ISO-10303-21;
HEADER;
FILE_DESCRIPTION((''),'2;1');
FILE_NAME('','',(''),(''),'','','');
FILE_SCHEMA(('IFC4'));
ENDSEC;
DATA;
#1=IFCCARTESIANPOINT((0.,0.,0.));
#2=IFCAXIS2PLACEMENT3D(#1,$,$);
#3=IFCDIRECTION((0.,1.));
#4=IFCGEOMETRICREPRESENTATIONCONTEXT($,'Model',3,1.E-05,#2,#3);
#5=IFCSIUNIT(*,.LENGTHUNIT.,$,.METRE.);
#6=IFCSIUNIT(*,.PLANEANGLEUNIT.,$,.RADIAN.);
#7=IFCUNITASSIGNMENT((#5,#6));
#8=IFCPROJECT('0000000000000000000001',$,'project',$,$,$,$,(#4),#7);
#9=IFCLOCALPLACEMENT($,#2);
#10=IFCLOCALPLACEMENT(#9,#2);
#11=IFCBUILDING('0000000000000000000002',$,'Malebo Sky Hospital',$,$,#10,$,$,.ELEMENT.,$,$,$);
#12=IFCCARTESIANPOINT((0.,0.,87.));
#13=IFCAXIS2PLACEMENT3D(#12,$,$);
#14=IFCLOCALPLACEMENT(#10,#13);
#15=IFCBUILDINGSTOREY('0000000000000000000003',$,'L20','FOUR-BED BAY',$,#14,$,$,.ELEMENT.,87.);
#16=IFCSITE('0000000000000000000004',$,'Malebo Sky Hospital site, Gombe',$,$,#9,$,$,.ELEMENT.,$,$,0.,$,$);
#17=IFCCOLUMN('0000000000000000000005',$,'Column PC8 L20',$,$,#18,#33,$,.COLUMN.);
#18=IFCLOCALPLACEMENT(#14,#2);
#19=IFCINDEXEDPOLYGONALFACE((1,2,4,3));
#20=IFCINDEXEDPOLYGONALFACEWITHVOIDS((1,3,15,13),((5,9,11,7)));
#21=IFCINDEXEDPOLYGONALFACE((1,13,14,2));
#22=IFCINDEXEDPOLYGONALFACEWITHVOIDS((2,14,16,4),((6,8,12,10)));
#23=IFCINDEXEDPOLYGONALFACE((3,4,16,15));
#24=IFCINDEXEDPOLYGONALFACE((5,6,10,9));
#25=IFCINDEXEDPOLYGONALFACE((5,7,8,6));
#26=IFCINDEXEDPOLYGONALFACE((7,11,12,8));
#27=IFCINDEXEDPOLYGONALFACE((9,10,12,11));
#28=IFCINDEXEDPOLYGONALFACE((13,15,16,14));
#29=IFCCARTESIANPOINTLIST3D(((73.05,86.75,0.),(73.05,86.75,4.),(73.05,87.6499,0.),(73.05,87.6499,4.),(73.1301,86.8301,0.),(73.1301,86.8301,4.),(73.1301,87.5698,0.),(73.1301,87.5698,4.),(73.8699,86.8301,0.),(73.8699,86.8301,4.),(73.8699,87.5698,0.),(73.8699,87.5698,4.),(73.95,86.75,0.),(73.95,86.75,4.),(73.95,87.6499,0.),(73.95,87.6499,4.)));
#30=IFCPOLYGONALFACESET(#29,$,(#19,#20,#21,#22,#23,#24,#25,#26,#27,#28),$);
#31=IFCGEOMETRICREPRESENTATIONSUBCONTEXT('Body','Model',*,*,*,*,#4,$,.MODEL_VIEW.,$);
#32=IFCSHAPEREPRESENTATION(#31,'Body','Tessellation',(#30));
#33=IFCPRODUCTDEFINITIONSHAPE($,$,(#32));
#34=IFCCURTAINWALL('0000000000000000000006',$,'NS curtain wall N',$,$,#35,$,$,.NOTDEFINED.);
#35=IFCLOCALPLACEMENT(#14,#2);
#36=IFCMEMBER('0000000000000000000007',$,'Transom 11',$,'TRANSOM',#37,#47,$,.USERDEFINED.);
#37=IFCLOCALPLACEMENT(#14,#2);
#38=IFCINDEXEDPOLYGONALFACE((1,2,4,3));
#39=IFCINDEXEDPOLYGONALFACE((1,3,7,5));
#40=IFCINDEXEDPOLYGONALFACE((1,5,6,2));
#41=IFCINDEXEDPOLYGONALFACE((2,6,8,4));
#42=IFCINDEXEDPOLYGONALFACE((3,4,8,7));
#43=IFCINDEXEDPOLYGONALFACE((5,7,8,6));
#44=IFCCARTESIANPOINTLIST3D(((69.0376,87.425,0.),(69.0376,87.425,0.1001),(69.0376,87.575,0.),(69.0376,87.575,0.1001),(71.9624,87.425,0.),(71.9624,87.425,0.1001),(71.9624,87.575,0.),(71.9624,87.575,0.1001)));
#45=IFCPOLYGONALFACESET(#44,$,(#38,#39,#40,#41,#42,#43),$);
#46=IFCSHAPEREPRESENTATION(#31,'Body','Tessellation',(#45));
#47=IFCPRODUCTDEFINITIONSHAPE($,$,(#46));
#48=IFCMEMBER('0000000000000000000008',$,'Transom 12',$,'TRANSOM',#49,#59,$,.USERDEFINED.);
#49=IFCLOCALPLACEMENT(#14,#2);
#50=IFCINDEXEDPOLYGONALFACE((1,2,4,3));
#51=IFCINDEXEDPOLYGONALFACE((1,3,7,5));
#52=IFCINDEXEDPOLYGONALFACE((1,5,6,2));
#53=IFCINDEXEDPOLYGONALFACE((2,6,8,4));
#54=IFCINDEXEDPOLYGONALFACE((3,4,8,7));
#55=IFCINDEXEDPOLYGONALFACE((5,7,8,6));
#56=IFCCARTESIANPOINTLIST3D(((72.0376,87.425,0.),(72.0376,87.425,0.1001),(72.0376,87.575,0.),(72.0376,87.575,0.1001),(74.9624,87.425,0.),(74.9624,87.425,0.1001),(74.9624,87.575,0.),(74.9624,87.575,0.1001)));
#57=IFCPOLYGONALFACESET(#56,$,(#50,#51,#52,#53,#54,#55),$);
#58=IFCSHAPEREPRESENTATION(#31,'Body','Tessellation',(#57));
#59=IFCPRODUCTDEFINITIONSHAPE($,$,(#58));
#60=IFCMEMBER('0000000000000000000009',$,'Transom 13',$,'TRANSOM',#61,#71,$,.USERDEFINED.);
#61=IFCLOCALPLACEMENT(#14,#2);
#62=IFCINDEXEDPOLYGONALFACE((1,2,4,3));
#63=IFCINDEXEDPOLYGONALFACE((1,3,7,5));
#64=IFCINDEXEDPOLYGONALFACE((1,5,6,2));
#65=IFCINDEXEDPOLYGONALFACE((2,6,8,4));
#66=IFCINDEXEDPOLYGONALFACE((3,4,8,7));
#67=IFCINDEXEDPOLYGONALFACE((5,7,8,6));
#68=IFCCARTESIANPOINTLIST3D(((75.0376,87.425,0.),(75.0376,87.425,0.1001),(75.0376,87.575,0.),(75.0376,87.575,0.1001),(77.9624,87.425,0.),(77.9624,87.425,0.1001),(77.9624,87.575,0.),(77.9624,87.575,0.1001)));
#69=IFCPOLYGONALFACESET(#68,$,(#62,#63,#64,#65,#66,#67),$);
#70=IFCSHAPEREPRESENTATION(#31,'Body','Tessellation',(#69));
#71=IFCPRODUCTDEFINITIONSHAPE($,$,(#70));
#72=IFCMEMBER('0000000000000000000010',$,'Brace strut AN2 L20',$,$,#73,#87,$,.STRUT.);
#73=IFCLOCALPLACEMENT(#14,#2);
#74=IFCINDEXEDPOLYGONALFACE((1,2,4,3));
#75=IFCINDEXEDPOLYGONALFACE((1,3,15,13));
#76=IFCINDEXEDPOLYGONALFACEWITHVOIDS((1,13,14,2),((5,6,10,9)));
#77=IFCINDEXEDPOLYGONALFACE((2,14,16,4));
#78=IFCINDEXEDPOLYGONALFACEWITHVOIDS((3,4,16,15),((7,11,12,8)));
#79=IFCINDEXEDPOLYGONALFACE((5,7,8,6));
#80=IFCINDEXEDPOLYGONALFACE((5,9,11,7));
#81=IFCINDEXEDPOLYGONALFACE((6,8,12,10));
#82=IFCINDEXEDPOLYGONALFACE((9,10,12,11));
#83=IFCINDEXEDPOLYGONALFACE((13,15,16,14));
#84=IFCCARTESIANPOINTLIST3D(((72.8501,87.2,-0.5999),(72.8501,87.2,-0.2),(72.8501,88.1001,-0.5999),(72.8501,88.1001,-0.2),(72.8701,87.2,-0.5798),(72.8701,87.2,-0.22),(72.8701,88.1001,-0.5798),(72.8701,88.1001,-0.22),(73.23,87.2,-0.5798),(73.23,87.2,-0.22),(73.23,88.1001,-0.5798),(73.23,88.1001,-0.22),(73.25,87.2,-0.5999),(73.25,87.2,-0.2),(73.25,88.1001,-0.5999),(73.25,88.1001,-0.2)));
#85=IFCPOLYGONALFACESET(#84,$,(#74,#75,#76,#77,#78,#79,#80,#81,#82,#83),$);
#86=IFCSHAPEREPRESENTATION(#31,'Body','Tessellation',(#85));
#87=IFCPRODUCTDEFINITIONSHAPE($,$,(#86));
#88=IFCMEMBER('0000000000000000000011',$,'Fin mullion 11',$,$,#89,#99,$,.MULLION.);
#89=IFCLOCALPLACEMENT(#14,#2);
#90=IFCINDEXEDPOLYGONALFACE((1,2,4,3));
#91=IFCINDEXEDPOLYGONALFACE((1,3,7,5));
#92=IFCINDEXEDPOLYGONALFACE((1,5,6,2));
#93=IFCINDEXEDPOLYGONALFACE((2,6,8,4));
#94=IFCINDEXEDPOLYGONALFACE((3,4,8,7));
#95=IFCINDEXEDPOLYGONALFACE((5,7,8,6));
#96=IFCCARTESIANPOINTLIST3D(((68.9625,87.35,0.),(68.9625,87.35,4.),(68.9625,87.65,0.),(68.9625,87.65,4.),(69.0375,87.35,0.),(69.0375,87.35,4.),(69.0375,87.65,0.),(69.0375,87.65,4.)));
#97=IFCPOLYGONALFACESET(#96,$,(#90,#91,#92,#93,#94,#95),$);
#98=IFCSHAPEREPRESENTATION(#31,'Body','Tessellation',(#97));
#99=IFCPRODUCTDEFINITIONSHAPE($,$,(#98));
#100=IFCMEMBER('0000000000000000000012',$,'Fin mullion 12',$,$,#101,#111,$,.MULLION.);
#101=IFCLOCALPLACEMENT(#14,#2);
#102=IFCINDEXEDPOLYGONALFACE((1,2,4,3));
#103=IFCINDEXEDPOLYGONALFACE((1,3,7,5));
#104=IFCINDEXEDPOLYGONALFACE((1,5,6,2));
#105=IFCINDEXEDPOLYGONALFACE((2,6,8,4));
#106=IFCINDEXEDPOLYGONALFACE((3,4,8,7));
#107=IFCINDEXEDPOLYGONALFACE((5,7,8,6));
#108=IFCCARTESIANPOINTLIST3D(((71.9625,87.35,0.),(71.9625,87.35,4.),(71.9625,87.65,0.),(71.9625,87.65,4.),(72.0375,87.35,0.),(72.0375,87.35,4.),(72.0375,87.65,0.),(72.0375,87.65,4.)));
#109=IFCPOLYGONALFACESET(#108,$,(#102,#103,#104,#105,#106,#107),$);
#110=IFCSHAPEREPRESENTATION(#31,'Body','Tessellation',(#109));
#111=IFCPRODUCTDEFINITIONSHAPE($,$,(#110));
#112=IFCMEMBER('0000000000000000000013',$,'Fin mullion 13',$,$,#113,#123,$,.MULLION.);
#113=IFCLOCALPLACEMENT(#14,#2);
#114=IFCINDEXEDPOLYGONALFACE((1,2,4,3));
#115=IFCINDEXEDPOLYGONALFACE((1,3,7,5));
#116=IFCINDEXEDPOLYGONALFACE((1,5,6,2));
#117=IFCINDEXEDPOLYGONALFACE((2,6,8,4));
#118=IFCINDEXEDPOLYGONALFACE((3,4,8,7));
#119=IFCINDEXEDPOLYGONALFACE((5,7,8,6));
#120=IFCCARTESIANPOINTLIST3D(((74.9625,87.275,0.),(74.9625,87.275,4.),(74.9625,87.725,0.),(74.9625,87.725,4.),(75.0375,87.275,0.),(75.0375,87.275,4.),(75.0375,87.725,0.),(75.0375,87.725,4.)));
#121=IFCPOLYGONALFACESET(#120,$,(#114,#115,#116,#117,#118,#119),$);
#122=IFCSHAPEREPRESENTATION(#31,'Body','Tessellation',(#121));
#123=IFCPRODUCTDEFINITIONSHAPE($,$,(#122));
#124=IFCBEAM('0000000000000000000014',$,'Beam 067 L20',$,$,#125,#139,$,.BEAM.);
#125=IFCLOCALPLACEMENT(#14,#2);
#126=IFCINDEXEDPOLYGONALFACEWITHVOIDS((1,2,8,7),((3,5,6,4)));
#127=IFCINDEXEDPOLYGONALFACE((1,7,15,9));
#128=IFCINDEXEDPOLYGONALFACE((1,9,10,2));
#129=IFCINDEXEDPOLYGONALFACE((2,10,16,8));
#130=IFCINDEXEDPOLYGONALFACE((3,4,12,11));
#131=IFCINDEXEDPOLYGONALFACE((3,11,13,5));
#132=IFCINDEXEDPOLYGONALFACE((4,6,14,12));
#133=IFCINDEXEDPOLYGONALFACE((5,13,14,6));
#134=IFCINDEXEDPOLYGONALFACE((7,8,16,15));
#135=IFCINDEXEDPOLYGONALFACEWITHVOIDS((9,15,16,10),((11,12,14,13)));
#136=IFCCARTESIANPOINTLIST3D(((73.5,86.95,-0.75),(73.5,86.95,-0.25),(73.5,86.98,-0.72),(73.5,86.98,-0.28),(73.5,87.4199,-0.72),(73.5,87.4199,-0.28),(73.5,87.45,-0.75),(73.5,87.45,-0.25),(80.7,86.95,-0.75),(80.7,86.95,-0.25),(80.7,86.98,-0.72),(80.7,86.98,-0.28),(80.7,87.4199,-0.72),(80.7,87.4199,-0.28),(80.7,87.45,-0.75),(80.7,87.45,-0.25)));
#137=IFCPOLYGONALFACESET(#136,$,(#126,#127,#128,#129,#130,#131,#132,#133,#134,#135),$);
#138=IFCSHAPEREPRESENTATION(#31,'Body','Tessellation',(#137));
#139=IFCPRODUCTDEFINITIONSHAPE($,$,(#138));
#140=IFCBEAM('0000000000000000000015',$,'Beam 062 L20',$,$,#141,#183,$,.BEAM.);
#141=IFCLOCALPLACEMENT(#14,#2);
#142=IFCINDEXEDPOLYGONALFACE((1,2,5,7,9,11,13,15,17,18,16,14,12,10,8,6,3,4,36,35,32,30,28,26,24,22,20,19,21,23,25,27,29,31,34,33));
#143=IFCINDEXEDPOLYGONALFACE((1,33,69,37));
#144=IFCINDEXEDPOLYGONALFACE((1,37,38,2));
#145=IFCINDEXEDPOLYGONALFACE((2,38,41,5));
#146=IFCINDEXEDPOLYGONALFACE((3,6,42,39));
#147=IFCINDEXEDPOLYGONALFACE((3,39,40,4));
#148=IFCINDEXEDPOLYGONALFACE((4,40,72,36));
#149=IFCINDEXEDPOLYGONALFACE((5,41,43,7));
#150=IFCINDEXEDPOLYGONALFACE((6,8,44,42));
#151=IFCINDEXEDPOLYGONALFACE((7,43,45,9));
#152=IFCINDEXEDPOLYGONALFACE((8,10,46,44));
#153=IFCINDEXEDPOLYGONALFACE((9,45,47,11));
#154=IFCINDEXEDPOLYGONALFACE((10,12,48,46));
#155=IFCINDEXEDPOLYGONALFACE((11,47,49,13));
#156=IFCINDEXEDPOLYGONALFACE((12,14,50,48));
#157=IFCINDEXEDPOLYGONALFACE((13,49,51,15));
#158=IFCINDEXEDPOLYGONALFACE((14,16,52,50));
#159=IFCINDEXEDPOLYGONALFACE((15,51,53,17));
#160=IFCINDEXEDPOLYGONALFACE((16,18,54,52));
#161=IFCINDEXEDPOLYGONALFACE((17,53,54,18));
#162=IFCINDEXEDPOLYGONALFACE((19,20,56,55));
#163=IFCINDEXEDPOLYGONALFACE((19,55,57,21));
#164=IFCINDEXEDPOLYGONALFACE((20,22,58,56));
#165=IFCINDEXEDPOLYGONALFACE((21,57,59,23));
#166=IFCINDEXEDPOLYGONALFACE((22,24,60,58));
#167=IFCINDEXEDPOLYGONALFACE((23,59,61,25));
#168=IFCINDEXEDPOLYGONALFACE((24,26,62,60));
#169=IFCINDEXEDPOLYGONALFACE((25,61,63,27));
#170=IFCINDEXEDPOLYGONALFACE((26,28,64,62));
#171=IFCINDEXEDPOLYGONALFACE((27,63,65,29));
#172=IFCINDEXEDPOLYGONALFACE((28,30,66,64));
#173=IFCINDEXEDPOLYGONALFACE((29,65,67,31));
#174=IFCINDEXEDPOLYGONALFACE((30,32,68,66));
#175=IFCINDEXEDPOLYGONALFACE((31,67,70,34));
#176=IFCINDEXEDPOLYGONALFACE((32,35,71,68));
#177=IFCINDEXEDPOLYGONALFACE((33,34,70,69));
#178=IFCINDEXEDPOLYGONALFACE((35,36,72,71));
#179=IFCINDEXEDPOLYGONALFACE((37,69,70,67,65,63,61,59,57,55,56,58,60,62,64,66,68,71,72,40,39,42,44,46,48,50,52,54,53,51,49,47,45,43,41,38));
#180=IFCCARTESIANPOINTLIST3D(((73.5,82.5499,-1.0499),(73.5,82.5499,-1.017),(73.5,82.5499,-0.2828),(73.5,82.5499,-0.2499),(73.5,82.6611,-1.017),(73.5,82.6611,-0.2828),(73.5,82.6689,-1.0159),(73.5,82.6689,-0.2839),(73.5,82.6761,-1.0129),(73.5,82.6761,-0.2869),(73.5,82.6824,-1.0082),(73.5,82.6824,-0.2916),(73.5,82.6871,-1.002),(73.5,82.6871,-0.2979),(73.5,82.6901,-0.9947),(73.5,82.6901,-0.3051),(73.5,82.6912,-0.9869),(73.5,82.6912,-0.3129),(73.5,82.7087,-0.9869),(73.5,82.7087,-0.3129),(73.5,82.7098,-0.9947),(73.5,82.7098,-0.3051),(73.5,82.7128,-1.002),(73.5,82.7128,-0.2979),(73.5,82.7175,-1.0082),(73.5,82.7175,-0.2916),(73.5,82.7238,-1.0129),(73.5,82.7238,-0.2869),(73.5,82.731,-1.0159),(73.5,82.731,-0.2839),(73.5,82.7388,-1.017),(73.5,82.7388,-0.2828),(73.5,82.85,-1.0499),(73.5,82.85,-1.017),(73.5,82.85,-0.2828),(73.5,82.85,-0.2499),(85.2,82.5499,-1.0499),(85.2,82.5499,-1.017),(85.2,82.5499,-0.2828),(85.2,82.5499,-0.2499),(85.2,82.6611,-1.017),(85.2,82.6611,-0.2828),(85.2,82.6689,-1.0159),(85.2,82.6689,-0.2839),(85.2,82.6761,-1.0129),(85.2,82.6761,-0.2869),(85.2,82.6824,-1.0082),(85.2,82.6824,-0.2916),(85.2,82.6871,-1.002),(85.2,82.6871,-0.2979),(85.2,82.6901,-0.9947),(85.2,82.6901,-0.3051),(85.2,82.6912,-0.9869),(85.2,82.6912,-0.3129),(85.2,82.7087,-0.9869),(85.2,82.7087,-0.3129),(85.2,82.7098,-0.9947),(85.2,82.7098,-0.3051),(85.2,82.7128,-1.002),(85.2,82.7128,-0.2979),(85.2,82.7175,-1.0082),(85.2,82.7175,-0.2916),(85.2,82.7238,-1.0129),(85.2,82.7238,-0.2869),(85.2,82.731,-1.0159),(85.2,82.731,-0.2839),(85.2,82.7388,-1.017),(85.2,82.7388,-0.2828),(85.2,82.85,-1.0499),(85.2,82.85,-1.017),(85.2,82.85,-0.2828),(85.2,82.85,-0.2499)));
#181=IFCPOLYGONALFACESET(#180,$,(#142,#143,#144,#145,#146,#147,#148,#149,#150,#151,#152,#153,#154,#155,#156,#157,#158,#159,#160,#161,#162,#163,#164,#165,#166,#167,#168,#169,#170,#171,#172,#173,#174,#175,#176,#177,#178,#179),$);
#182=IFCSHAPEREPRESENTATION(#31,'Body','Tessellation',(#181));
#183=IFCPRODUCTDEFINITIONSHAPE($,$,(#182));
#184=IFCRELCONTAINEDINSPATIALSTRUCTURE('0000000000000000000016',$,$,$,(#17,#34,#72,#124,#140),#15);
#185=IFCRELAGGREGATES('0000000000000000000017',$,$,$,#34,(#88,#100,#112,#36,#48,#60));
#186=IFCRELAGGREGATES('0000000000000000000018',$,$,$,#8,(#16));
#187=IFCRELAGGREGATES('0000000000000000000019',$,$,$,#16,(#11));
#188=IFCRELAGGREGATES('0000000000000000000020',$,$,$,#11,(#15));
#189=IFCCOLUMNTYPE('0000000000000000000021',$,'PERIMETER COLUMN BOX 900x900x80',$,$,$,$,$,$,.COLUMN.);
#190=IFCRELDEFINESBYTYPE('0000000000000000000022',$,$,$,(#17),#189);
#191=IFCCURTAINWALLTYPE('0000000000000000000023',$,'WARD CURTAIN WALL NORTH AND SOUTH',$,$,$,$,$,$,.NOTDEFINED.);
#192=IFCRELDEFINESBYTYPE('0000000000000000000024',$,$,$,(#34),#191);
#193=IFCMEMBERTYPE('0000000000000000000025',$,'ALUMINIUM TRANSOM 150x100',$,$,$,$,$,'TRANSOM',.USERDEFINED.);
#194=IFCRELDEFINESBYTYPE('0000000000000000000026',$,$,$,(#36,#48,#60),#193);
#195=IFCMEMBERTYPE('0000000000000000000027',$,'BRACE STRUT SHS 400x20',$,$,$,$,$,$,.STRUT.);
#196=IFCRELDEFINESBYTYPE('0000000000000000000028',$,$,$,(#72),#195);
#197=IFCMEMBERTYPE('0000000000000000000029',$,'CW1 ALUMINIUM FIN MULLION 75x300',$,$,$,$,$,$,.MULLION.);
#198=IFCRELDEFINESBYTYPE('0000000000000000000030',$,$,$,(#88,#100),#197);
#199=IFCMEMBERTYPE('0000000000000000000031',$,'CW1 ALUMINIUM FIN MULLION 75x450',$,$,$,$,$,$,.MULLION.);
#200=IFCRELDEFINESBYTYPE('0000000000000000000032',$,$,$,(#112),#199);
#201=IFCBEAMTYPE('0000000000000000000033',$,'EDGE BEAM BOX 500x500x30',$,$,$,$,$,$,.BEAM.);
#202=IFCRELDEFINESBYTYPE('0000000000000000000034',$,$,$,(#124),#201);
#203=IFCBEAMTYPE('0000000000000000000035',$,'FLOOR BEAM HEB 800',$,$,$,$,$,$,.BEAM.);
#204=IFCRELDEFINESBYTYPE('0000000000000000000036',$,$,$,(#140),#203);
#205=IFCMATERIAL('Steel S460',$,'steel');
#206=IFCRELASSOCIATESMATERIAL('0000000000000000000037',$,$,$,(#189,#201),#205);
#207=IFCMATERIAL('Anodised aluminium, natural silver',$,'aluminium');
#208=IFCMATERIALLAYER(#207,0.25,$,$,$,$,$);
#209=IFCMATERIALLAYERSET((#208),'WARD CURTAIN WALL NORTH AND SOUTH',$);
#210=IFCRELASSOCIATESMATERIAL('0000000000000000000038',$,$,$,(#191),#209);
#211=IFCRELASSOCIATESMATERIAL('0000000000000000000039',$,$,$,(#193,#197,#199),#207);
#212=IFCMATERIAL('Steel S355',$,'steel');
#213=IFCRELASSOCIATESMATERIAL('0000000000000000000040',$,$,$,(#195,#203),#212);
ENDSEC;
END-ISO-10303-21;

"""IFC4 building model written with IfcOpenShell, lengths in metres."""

from ifc_helpers import new_model, si_unit, direction, frame, origin, origin_2d, place, context, subcontext, project, spatial, rectangle, hollow_rectangle, i_section, extrude, material, layer, layer_set, material_profile, profile_set, type_object, element, aggregate, save


model = new_model("IFC4")

# Units and contexts
model_context = context("Model", 3, precision=1e-05, world=origin(), true_north=direction((0.0, 1.0)))
body_context = subcontext(model_context, "Body", "Model", "MODEL_VIEW")
ifc_project = project(units=[si_unit("LENGTHUNIT", "METRE"), si_unit("PLANEANGLEUNIT", "RADIAN")], contexts=[model_context])

# Site, building, storey
site_placement = place(None, origin())
site = spatial("IfcSite", under=ifc_project, at=site_placement, Name="Malebo Sky Hospital site, Gombe", CompositionType="ELEMENT", RefElevation=0.0)
building_placement = place(site_placement, origin())
building = spatial("IfcBuilding", under=site, at=building_placement, Name="Malebo Sky Hospital", CompositionType="ELEMENT")
storey_placement = place(building_placement, frame((0.0, 0.0, 87.0)))
storey = spatial("IfcBuildingStorey", under=building, at=storey_placement, Name="L20", Description="FOUR-BED BAY", CompositionType="ELEMENT", Elevation=87.0)

# Column
ifc_material_1 = material(Name="Steel S460", Category="steel")
ifc_material_profile_1 = material_profile(ifc_material_1, hollow_rectangle(XDim=0.8999, YDim=0.8999, WallThickness=0.0801, at=origin_2d()), Name="BOX 900x900x80")
ifc_profile_set_1 = profile_set([ifc_material_profile_1], Name="Steel S460")
column_type = type_object("IfcColumnType", Name="PERIMETER COLUMN BOX 900x900x80", PredefinedType="COLUMN", material=ifc_profile_set_1)
column_placement = place(storey_placement, frame((73.5, 87.2, 0.0), z_axis=(0.0, 0.0, 1.0), x_axis=(1.0, 0.0, 0.0)))
element("IfcColumn", 1, at=column_placement, inside=storey, type_object=column_type, Name="Column PC8 L20", PredefinedType="COLUMN", context=body_context, shape_type="SweptSolid", body=[
    extrude(hollow_rectangle(XDim=0.8999, YDim=0.8999, WallThickness=0.0801, at=origin_2d()), origin(), (0.0, 0.0, 1.0), 4.0),
])

# Curtain wall, members
ifc_material_2 = material(Name="Anodised aluminium, natural silver", Category="aluminium")
ifc_layer_1 = layer(ifc_material_2, 0.25)
ifc_layer_set_1 = layer_set([ifc_layer_1], Name="WARD CURTAIN WALL NORTH AND SOUTH")
curtain_wall_type = type_object("IfcCurtainWallType", Name="WARD CURTAIN WALL NORTH AND SOUTH", PredefinedType="NOTDEFINED", material=ifc_layer_set_1)
curtain_wall_placement = place(storey_placement, origin())
curtain_wall = element("IfcCurtainWall", 2, at=curtain_wall_placement, inside=storey, type_object=curtain_wall_type, Name="NS curtain wall N", PredefinedType="NOTDEFINED")
ifc_material_profile_2 = material_profile(ifc_material_2, rectangle(XDim=0.1499, YDim=0.1001, at=origin_2d()), Name="ALUMINIUM TRANSOM 150x100")
ifc_profile_set_2 = profile_set([ifc_material_profile_2], Name="Anodised aluminium, natural silver")
member_type_1 = type_object("IfcMemberType", Name="ALUMINIUM TRANSOM 150x100", ElementType="TRANSOM", PredefinedType="USERDEFINED", material=ifc_profile_set_2)
member_1_placement = place(storey_placement, frame((69.0376, 87.5, 0.05), z_axis=(1.0, 0.0, 0.0), x_axis=(0.0, 1.0, 0.0)))
member_1 = element("IfcMember", 3, at=member_1_placement, type_object=member_type_1, Name="Transom 11", ObjectType="TRANSOM", PredefinedType="USERDEFINED", context=body_context, shape_type="SweptSolid", body=[
    extrude(rectangle(XDim=0.1499, YDim=0.1001, at=origin_2d()), origin(), (0.0, 0.0, 1.0), 2.9248),
])
member_2_placement = place(storey_placement, frame((72.0376, 87.5, 0.05), z_axis=(1.0, 0.0, 0.0), x_axis=(0.0, 1.0, 0.0)))
member_2 = element("IfcMember", 4, at=member_2_placement, type_object=member_type_1, Name="Transom 12", ObjectType="TRANSOM", PredefinedType="USERDEFINED", context=body_context, shape_type="SweptSolid", body=[
    extrude(rectangle(XDim=0.1499, YDim=0.1001, at=origin_2d()), origin(), (0.0, 0.0, 1.0), 2.9248),
])
member_3_placement = place(storey_placement, frame((75.0376, 87.5, 0.05), z_axis=(1.0, 0.0, 0.0), x_axis=(0.0, 1.0, 0.0)))
member_3 = element("IfcMember", 5, at=member_3_placement, type_object=member_type_1, Name="Transom 13", ObjectType="TRANSOM", PredefinedType="USERDEFINED", context=body_context, shape_type="SweptSolid", body=[
    extrude(rectangle(XDim=0.1499, YDim=0.1001, at=origin_2d()), origin(), (0.0, 0.0, 1.0), 2.9248),
])

# Members
ifc_material_3 = material(Name="Steel S355", Category="steel")
ifc_material_profile_3 = material_profile(ifc_material_3, hollow_rectangle(XDim=0.3999, YDim=0.3999, WallThickness=0.02, at=origin_2d()), Name="SHS 400x20")
ifc_profile_set_3 = profile_set([ifc_material_profile_3], Name="Steel S355")
member_type_2 = type_object("IfcMemberType", Name="BRACE STRUT SHS 400x20", PredefinedType="STRUT", material=ifc_profile_set_3)
member_4_placement = place(storey_placement, frame((73.05, 88.1001, -0.3999), z_axis=(0.0, -1.0, 0.0), x_axis=(1.0, 0.0, 0.0)))
element("IfcMember", 6, at=member_4_placement, inside=storey, type_object=member_type_2, Name="Brace strut AN2 L20", PredefinedType="STRUT", context=body_context, shape_type="SweptSolid", body=[
    extrude(hollow_rectangle(XDim=0.3999, YDim=0.3999, WallThickness=0.02, at=origin_2d()), origin(), (0.0, 0.0, 1.0), 0.9001),
])
ifc_material_profile_4 = material_profile(ifc_material_2, rectangle(XDim=0.075, YDim=0.3, at=origin_2d()), Name="CW1 ALUMINIUM FIN MULLION 75x300")
ifc_profile_set_4 = profile_set([ifc_material_profile_4], Name="Anodised aluminium, natural silver")
member_type_3 = type_object("IfcMemberType", Name="CW1 ALUMINIUM FIN MULLION 75x300", PredefinedType="MULLION", material=ifc_profile_set_4)
member_5_placement = place(storey_placement, frame((69.0, 87.5, 0.0), z_axis=(0.0, 0.0, 1.0), x_axis=(1.0, 0.0, 0.0)))
member_5 = element("IfcMember", 7, at=member_5_placement, type_object=member_type_3, Name="Fin mullion 11", PredefinedType="MULLION", context=body_context, shape_type="SweptSolid", body=[
    extrude(rectangle(XDim=0.075, YDim=0.3, at=origin_2d()), origin(), (0.0, 0.0, 1.0), 4.0),
])
member_6_placement = place(storey_placement, frame((72.0, 87.5, 0.0), z_axis=(0.0, 0.0, 1.0), x_axis=(1.0, 0.0, 0.0)))
member_6 = element("IfcMember", 8, at=member_6_placement, type_object=member_type_3, Name="Fin mullion 12", PredefinedType="MULLION", context=body_context, shape_type="SweptSolid", body=[
    extrude(rectangle(XDim=0.075, YDim=0.3, at=origin_2d()), origin(), (0.0, 0.0, 1.0), 4.0),
])
ifc_material_profile_5 = material_profile(ifc_material_2, rectangle(XDim=0.075, YDim=0.45, at=origin_2d()), Name="CW1 ALUMINIUM FIN MULLION 75x450")
ifc_profile_set_5 = profile_set([ifc_material_profile_5], Name="Anodised aluminium, natural silver")
member_type_4 = type_object("IfcMemberType", Name="CW1 ALUMINIUM FIN MULLION 75x450", PredefinedType="MULLION", material=ifc_profile_set_5)
member_7_placement = place(storey_placement, frame((75.0, 87.5, 0.0), z_axis=(0.0, 0.0, 1.0), x_axis=(1.0, 0.0, 0.0)))
member_7 = element("IfcMember", 9, at=member_7_placement, type_object=member_type_4, Name="Fin mullion 13", PredefinedType="MULLION", context=body_context, shape_type="SweptSolid", body=[
    extrude(rectangle(XDim=0.075, YDim=0.45, at=origin_2d()), origin(), (0.0, 0.0, 1.0), 4.0),
])

# Beams
ifc_material_profile_6 = material_profile(ifc_material_1, hollow_rectangle(XDim=0.5, YDim=0.5, WallThickness=0.03, at=origin_2d()), Name="BOX 500x500x30")
ifc_profile_set_6 = profile_set([ifc_material_profile_6], Name="Steel S460")
beam_type_1 = type_object("IfcBeamType", Name="EDGE BEAM BOX 500x500x30", PredefinedType="BEAM", material=ifc_profile_set_6)
beam_1_placement = place(storey_placement, frame((73.5, 87.2, -0.5), z_axis=(1.0, 0.0, 0.0), x_axis=(0.0, 1.0, 0.0)))
element("IfcBeam", 10, at=beam_1_placement, inside=storey, type_object=beam_type_1, Name="Beam 067 L20", PredefinedType="BEAM", context=body_context, shape_type="SweptSolid", body=[
    extrude(hollow_rectangle(XDim=0.5, YDim=0.5, WallThickness=0.03, at=origin_2d()), origin(), (0.0, 0.0, 1.0), 7.2),
])
ifc_material_profile_7 = material_profile(ifc_material_3, i_section(OverallWidth=0.3, OverallDepth=0.8, WebThickness=0.0176, FlangeThickness=0.033, FilletRadius=0.03, at=origin_2d()), Name="HEB 800")
ifc_profile_set_7 = profile_set([ifc_material_profile_7], Name="Steel S355")
beam_type_2 = type_object("IfcBeamType", Name="FLOOR BEAM HEB 800", PredefinedType="BEAM", material=ifc_profile_set_7)
beam_2_placement = place(storey_placement, frame((73.5, 82.7, -0.6499), z_axis=(1.0, 0.0, 0.0), x_axis=(0.0, 1.0, 0.0)))
element("IfcBeam", 11, at=beam_2_placement, inside=storey, type_object=beam_type_2, Name="Beam 062 L20", PredefinedType="BEAM", context=body_context, shape_type="SweptSolid", body=[
    extrude(i_section(OverallWidth=0.3, OverallDepth=0.8, WebThickness=0.0176, FlangeThickness=0.033, FilletRadius=0.03, at=origin_2d()), origin(), (0.0, 0.0, 1.0), 11.7),
])

aggregate(curtain_wall, [member_5, member_6, member_7, member_1, member_2, member_3])

save(model, "model.ifc")
